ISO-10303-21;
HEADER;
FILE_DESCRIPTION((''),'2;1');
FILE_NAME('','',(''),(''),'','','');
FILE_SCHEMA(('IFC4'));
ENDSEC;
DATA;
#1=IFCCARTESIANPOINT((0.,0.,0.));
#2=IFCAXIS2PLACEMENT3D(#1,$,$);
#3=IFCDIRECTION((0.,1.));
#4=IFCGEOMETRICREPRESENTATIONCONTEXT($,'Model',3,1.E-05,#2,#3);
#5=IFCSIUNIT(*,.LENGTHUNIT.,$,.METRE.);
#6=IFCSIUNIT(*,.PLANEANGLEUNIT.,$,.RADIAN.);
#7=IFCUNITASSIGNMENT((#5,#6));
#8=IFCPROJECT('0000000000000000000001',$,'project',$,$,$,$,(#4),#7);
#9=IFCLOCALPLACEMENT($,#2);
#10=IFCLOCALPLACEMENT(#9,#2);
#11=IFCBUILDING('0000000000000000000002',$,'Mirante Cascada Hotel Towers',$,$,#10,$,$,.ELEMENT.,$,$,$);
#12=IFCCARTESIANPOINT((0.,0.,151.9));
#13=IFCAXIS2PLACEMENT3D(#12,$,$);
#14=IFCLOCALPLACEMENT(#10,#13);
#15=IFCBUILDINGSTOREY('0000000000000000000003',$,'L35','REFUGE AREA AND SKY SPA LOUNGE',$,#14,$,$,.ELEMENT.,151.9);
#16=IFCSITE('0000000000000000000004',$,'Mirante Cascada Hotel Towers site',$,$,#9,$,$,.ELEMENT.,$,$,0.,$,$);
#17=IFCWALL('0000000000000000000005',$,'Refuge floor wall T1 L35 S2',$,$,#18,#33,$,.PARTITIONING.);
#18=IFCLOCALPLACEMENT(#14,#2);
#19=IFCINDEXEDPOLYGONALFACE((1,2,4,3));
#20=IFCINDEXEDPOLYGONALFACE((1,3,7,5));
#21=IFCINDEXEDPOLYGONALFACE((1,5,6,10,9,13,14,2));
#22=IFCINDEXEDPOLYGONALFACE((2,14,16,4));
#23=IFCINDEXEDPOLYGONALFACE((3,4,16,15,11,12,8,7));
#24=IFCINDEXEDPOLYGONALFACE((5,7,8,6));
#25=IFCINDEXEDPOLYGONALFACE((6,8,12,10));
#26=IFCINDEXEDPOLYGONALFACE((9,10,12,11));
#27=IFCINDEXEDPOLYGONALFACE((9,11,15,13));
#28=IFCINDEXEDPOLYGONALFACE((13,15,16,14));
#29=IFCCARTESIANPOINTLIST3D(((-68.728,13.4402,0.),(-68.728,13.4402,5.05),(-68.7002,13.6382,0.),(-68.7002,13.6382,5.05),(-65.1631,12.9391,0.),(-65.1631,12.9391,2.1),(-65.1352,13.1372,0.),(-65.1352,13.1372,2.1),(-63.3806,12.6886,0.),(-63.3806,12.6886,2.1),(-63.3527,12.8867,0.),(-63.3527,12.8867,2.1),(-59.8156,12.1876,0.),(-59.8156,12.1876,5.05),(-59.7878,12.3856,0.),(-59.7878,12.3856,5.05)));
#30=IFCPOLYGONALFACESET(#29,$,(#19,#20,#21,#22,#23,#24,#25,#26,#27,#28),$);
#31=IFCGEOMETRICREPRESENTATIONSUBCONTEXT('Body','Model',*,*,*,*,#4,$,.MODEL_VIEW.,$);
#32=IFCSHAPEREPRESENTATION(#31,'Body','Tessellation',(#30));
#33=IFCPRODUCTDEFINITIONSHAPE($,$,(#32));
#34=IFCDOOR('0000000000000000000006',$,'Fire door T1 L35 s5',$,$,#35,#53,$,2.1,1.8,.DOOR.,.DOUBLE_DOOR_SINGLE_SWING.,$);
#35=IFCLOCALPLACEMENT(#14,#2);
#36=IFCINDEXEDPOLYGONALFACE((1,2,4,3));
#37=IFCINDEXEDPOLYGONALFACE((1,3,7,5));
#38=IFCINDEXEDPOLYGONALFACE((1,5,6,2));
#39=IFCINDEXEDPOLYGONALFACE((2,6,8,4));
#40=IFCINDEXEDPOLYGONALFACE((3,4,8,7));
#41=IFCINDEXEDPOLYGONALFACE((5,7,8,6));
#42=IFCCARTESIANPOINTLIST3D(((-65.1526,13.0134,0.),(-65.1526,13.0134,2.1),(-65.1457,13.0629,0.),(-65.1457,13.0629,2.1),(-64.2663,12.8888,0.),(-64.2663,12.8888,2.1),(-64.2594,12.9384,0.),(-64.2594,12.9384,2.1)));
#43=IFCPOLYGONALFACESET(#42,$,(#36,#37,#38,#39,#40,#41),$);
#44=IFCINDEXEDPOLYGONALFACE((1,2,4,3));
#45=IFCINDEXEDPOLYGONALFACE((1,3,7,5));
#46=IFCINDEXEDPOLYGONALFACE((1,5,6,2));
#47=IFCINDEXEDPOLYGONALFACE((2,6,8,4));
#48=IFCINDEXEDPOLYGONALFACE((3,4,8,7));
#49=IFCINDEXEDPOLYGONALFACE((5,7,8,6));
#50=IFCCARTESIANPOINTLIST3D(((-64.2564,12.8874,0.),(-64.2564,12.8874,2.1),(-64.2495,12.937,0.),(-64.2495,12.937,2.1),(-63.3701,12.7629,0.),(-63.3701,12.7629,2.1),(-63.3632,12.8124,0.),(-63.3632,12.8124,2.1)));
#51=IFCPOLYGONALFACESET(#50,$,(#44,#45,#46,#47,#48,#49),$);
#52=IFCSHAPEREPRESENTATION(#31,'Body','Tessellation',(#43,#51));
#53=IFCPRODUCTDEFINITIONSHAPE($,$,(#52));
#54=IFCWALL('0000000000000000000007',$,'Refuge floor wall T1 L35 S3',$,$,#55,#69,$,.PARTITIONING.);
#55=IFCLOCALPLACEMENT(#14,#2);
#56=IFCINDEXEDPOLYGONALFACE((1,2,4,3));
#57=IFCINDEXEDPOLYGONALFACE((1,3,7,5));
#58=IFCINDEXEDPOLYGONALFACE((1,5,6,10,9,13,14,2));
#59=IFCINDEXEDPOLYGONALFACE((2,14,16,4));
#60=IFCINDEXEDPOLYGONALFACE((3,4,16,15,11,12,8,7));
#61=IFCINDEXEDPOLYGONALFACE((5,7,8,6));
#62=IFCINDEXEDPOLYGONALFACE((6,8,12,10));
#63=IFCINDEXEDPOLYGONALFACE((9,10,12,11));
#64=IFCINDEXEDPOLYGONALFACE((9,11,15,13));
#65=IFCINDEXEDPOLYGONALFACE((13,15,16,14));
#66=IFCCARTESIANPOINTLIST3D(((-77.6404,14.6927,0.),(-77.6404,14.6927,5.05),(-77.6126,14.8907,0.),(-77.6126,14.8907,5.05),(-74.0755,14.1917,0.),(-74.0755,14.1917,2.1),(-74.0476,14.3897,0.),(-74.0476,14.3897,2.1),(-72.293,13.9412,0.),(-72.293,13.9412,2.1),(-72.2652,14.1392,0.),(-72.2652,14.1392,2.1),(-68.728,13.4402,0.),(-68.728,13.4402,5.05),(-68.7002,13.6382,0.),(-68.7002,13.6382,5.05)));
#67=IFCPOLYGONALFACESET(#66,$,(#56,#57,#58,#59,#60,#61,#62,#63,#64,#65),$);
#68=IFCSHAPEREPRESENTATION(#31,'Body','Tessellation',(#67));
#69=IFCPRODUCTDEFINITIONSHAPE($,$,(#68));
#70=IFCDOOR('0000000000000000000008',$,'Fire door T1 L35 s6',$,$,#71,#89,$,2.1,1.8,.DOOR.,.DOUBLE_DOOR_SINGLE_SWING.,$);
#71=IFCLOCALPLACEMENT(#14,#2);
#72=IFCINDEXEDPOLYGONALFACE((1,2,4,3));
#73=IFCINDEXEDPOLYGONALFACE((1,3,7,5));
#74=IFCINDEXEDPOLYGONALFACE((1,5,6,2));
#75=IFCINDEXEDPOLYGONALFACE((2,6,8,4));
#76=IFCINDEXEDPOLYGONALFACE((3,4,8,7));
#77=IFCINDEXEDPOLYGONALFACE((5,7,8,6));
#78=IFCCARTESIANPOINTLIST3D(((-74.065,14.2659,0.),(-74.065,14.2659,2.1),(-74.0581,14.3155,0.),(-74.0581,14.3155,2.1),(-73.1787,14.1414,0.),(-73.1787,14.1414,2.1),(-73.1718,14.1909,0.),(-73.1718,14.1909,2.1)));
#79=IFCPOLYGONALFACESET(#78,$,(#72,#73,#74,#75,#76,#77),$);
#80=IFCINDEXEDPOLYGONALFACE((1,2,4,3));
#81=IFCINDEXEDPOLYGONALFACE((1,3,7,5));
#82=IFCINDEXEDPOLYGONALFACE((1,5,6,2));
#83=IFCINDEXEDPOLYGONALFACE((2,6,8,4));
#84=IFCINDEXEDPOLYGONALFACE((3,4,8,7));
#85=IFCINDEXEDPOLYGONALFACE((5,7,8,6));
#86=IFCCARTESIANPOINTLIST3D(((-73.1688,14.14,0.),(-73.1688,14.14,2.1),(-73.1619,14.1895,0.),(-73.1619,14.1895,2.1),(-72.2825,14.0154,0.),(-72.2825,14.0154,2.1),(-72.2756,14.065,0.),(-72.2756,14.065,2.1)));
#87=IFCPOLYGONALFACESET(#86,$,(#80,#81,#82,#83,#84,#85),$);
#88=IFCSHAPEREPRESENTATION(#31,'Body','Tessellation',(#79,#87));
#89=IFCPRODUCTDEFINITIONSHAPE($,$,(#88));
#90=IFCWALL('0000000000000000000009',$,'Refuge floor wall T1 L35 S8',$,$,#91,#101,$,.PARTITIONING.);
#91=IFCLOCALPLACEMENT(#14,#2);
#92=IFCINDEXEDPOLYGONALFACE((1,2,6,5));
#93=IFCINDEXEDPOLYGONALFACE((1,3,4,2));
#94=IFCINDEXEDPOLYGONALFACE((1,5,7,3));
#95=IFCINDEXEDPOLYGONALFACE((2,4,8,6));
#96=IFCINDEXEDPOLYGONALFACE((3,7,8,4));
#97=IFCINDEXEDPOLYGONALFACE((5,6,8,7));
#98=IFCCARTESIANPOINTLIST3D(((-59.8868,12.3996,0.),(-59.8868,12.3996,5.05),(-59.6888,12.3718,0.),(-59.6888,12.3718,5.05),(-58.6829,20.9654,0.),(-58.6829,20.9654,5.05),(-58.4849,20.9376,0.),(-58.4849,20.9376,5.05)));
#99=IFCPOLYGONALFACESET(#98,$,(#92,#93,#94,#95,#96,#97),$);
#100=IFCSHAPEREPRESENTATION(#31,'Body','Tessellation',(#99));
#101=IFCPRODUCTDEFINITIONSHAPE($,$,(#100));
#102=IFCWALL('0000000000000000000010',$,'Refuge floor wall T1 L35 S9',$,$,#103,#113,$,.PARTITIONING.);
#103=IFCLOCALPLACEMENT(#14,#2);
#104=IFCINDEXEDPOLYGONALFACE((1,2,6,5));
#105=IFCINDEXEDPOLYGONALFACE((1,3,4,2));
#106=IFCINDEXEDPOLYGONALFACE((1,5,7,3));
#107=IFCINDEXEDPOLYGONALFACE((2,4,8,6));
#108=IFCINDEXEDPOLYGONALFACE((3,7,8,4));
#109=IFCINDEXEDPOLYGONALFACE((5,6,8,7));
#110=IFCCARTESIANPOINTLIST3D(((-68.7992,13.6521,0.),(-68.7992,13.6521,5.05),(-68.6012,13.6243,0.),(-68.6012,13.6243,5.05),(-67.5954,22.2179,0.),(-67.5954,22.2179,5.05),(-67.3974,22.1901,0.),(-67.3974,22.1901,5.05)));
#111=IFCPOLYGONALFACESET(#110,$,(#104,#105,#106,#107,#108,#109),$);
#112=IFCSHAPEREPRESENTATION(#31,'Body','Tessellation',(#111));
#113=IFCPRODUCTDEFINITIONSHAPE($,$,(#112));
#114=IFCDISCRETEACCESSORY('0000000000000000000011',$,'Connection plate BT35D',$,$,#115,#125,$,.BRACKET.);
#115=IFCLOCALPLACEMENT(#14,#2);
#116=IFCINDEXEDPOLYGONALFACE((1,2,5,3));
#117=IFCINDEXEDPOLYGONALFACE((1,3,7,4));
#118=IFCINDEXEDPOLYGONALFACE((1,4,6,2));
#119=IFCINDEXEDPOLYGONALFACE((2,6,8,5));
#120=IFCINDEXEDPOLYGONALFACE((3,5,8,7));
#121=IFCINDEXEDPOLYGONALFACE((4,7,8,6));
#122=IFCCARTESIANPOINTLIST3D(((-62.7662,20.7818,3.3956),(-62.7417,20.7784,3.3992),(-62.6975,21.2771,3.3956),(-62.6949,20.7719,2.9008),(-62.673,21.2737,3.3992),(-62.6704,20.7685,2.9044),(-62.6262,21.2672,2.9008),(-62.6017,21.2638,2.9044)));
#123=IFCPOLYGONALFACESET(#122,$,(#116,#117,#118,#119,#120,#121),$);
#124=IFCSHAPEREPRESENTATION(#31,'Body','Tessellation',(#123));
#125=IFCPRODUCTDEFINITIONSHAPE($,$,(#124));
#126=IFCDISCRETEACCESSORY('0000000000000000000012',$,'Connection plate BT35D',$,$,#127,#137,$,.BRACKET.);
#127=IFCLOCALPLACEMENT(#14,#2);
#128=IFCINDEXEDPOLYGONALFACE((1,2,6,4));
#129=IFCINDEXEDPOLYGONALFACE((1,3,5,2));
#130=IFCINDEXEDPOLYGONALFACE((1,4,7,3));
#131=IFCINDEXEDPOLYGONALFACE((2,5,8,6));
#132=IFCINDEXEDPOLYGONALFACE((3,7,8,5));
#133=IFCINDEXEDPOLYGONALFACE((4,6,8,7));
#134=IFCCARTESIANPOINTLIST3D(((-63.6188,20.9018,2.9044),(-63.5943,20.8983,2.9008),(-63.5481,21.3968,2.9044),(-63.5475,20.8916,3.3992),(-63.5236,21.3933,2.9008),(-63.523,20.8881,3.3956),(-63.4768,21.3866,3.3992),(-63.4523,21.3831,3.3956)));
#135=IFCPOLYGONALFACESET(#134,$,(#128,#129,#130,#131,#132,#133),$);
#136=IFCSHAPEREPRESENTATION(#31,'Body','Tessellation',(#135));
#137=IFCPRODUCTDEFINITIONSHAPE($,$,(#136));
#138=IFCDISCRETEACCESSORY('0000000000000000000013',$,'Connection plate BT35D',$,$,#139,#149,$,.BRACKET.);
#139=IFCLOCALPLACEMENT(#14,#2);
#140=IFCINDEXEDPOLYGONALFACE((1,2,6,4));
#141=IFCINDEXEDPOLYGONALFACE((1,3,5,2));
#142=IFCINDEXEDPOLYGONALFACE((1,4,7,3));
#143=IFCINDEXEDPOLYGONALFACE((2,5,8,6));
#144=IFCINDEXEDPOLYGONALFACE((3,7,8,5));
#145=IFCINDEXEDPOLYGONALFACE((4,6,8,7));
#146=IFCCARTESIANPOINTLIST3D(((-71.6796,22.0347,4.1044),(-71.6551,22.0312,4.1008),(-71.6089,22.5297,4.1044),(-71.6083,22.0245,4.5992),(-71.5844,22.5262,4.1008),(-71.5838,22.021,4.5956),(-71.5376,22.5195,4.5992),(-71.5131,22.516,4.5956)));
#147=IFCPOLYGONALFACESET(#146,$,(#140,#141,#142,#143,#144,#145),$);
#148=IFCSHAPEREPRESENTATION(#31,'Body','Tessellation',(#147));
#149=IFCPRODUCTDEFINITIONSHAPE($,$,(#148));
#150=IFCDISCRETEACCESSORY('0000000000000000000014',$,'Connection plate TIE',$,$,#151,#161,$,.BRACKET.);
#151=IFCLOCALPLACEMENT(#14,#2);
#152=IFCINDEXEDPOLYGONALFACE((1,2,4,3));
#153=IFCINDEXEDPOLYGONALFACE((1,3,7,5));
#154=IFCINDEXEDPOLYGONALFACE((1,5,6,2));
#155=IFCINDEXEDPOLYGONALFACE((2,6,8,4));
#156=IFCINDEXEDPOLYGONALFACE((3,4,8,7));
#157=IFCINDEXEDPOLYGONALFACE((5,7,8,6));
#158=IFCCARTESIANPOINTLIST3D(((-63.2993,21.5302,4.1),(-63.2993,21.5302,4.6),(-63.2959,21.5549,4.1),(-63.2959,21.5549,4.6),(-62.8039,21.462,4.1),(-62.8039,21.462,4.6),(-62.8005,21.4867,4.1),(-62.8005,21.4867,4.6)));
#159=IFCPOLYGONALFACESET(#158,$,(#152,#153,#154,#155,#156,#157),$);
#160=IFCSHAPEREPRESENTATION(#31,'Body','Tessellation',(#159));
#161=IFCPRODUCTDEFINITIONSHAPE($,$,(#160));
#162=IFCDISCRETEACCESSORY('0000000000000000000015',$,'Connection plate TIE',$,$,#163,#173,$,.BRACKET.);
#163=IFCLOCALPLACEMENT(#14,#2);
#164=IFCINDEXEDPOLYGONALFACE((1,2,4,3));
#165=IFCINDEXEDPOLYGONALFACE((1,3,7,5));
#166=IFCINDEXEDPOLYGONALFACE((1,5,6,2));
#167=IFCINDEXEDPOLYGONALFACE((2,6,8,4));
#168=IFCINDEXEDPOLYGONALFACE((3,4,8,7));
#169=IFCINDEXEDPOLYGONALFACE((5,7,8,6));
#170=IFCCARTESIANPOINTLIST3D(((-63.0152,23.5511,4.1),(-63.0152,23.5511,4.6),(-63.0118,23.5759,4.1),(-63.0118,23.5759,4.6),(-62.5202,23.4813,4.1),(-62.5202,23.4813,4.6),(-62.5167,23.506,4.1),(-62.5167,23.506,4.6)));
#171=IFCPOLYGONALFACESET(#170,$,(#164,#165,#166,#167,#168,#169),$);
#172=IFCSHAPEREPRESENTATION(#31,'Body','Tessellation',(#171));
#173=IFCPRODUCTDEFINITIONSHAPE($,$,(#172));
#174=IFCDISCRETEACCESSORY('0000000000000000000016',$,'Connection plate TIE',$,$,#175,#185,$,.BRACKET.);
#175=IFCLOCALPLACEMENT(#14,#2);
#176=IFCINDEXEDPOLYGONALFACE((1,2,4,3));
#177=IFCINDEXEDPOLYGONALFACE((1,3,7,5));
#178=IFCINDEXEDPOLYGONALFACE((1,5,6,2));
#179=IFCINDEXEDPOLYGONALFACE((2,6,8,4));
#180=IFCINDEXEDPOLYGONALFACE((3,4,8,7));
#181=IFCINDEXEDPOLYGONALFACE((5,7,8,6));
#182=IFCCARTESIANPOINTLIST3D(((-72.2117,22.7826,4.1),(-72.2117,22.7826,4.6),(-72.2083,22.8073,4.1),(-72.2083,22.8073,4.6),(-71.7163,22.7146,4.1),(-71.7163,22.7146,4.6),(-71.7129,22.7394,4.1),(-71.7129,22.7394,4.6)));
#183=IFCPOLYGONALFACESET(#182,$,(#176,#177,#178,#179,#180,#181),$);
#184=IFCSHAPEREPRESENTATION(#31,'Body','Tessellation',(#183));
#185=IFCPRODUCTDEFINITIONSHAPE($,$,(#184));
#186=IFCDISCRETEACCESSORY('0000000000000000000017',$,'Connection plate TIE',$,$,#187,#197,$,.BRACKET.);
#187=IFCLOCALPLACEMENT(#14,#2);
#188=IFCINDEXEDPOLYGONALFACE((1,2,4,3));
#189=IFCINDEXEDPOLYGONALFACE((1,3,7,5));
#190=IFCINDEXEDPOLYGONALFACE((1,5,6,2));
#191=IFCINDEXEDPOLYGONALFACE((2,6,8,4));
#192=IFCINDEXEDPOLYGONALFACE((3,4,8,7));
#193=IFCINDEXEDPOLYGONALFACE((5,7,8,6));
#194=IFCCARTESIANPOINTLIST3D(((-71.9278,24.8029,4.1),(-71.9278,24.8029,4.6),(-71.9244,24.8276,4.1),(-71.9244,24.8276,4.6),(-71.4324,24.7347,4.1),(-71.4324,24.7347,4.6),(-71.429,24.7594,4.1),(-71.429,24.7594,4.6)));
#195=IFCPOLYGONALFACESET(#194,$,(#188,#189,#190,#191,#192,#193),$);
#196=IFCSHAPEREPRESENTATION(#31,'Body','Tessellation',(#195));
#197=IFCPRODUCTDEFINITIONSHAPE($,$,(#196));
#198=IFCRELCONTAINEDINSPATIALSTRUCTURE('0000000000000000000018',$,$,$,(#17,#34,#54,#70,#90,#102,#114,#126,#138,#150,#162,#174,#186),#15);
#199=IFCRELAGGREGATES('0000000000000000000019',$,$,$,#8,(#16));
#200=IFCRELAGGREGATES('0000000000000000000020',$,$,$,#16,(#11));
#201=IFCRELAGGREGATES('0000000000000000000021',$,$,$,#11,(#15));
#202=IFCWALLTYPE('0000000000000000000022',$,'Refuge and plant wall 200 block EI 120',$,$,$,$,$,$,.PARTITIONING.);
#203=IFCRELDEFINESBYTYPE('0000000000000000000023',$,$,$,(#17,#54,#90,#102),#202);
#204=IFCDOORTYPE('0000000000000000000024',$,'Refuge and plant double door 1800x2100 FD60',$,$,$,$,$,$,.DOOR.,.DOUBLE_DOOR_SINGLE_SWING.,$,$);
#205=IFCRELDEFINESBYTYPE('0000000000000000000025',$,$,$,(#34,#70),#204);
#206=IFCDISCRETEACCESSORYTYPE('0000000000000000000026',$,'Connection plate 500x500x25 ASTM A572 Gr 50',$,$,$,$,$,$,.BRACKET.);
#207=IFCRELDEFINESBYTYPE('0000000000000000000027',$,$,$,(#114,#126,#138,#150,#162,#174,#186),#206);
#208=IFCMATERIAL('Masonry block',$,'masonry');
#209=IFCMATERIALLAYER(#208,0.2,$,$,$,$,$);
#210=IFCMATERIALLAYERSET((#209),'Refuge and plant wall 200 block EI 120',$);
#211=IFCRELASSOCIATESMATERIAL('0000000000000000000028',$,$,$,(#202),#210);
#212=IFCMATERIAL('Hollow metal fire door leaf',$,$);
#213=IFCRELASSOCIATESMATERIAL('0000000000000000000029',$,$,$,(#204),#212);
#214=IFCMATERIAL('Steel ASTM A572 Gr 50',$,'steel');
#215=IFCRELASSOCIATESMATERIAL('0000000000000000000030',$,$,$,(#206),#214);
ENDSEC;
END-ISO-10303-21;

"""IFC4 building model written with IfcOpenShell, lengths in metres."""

from ifc_helpers import new_model, si_unit, direction, frame, frame_2d, origin, origin_2d, place, context, subcontext, project, spatial, rectangle, extrude, material, layer, layer_set, material_profile, profile_set, type_object, element, fill, save


model = new_model("IFC4")

# Units and contexts
model_context = context("Model", 3, precision=1e-05, world=origin(), true_north=direction((0.0, 1.0)))
body_context = subcontext(model_context, "Body", "Model", "MODEL_VIEW")
ifc_project = project(units=[si_unit("LENGTHUNIT", "METRE"), si_unit("PLANEANGLEUNIT", "RADIAN")], contexts=[model_context])

# Site, building, storey
site_placement = place(None, origin())
site = spatial("IfcSite", under=ifc_project, at=site_placement, Name="Mirante Cascada Hotel Towers site", CompositionType="ELEMENT", RefElevation=0.0)
building_placement = place(site_placement, origin())
building = spatial("IfcBuilding", under=site, at=building_placement, Name="Mirante Cascada Hotel Towers", CompositionType="ELEMENT")
storey_placement = place(building_placement, frame((0.0, 0.0, 151.9)))
storey = spatial("IfcBuildingStorey", under=building, at=storey_placement, Name="L35", Description="REFUGE AREA AND SKY SPA LOUNGE", CompositionType="ELEMENT", Elevation=151.9)

# Walls, openings, doors
ifc_material_1 = material(Name="Masonry block", Category="masonry")
ifc_layer_1 = layer(ifc_material_1, 0.2)
ifc_layer_set_1 = layer_set([ifc_layer_1], Name="Refuge and plant wall 200 block EI 120")
wall_type_1 = type_object("IfcWallType", Name="Refuge and plant wall 200 block EI 120", PredefinedType="PARTITIONING", material=ifc_layer_set_1)
wall_1_placement = place(storey_placement, frame((-59.8017, 12.2866, 0.0), z_axis=(0.0, 0.0, 1.0), x_axis=(-0.990267, 0.139178, 0.0)))
wall_1 = element("IfcWall", 1, at=wall_1_placement, inside=storey, type_object=wall_type_1, Name="Refuge floor wall T1 L35 S2", PredefinedType="PARTITIONING", context=body_context, shape_type="SweptSolid", body=[
    extrude(rectangle(XDim=9.0, YDim=0.2, at=frame_2d((4.5, 0.0))), origin(), (0.0, 0.0, 1.0), 5.05),
])
opening_1_placement = place(wall_1_placement, frame((3.6, 0.0, 0.0)))
opening_1 = element("IfcOpeningElement", 2, at=opening_1_placement, cuts=wall_1, PredefinedType="OPENING", context=body_context, shape_type="SweptSolid", body=[
    extrude(rectangle(XDim=1.8, YDim=2.1, at=frame_2d((0.9, 1.05))), frame((0.0, 0.1, 0.0), z_axis=(0.0, -1.0, 0.0), x_axis=(1.0, 0.0, 0.0)), (0.0, 0.0, 1.0), 0.2),
])
ifc_material_2 = material(Name="Hollow metal fire door leaf")
door_type = type_object("IfcDoorType", Name="Refuge and plant double door 1800x2100 FD60", OperationType="DOUBLE_DOOR_SINGLE_SWING", PredefinedType="DOOR", material=ifc_material_2)
door_1_placement = place(opening_1_placement, frame((1.8, 0.0, 0.0), z_axis=(0.0, 0.0, 1.0), x_axis=(-1.0, 0.0, 0.0)))
door_1 = element("IfcDoor", 3, at=door_1_placement, inside=storey, type_object=door_type, Name="Fire door T1 L35 s5", OperationType="DOUBLE_DOOR_SINGLE_SWING", OverallHeight=2.1, OverallWidth=1.8, PredefinedType="DOOR", context=body_context, shape_type="SweptSolid", body=[
    extrude(rectangle(XDim=0.895, YDim=2.1, at=frame_2d((0.4475, 1.05))), frame((0.0, 0.025, 0.0), z_axis=(0.0, -1.0, 0.0), x_axis=(1.0, 0.0, 0.0)), (0.0, 0.0, 1.0), 0.05),
    extrude(rectangle(XDim=0.895, YDim=2.1, at=frame_2d((1.3525, 1.05))), frame((0.0, 0.025, 0.0), z_axis=(0.0, -1.0, 0.0), x_axis=(1.0, 0.0, 0.0)), (0.0, 0.0, 1.0), 0.05),
])
fill(opening_1, door_1)
wall_2_placement = place(storey_placement, frame((-68.7141, 13.5392, 0.0), z_axis=(0.0, 0.0, 1.0), x_axis=(-0.990269, 0.139167, 0.0)))
wall_2 = element("IfcWall", 4, at=wall_2_placement, inside=storey, type_object=wall_type_1, Name="Refuge floor wall T1 L35 S3", PredefinedType="PARTITIONING", context=body_context, shape_type="SweptSolid", body=[
    extrude(rectangle(XDim=9.0, YDim=0.2, at=frame_2d((4.5, 0.0))), origin(), (0.0, 0.0, 1.0), 5.05),
])
opening_2_placement = place(wall_2_placement, frame((3.6, 0.0, 0.0)))
opening_2 = element("IfcOpeningElement", 5, at=opening_2_placement, cuts=wall_2, PredefinedType="OPENING", context=body_context, shape_type="SweptSolid", body=[
    extrude(rectangle(XDim=1.8, YDim=2.1, at=frame_2d((0.9, 1.05))), frame((0.0, 0.1, 0.0), z_axis=(0.0, -1.0, 0.0), x_axis=(1.0, 0.0, 0.0)), (0.0, 0.0, 1.0), 0.2),
])
door_2_placement = place(opening_2_placement, frame((1.8, 0.0, 0.0), z_axis=(0.0, 0.0, 1.0), x_axis=(-1.0, 0.0, 0.0)))
door_2 = element("IfcDoor", 6, at=door_2_placement, inside=storey, type_object=door_type, Name="Fire door T1 L35 s6", OperationType="DOUBLE_DOOR_SINGLE_SWING", OverallHeight=2.1, OverallWidth=1.8, PredefinedType="DOOR", context=body_context, shape_type="SweptSolid", body=[
    extrude(rectangle(XDim=0.895, YDim=2.1, at=frame_2d((0.4475, 1.05))), frame((0.0, 0.025, 0.0), z_axis=(0.0, -1.0, 0.0), x_axis=(1.0, 0.0, 0.0)), (0.0, 0.0, 1.0), 0.05),
    extrude(rectangle(XDim=0.895, YDim=2.1, at=frame_2d((1.3525, 1.05))), frame((0.0, 0.025, 0.0), z_axis=(0.0, -1.0, 0.0), x_axis=(1.0, 0.0, 0.0)), (0.0, 0.0, 1.0), 0.05),
])
fill(opening_2, door_2)

# Walls
for number, where, z_axis, x_axis, name in (
    (7, (-59.7878, 12.3857, 0.0), (0.0, 0.0, 1.0), (0.139179, 0.990267, 0.0), "Refuge floor wall T1 L35 S8"),
    (8, (-68.7002, 13.6382, 0.0), (0.0, 0.0, 1.0), (0.139168, 0.990269, 0.0), "Refuge floor wall T1 L35 S9"),
):
    element("IfcWall", number, at=place(storey_placement, frame(where, z_axis=z_axis, x_axis=x_axis)), inside=storey, type_object=wall_type_1, Name=name, PredefinedType="PARTITIONING", context=body_context, shape_type="SweptSolid", body=[
        extrude(rectangle(XDim=8.65, YDim=0.2, at=frame_2d((4.325, 0.0))), origin(), (0.0, 0.0, 1.0), 5.05),
    ])

# Discrete accessories
ifc_material_3 = material(Name="Steel ASTM A572 Gr 50", Category="steel")
ifc_material_profile_1 = material_profile(ifc_material_3, rectangle(XDim=0.5, YDim=0.5, at=origin_2d()), Name="Connection plate 500x500x25 ASTM A572 Gr 50")
ifc_profile_set_1 = profile_set([ifc_material_profile_1], Name="Steel ASTM A572 Gr 50")
discrete_accessory_type_1 = type_object("IfcDiscreteAccessoryType", Name="Connection plate 500x500x25 ASTM A572 Gr 50", PredefinedType="BRACKET", material=ifc_profile_set_1)
for number, where, z_axis, x_axis, name in (
    (9, (-62.6717, 21.0211, 3.1518), (-0.98018, 0.136025, -0.144027), (-0.137458, -0.990508, 0.0), "Connection plate BT35D"),
    (10, (-63.5233, 21.1407, 3.1482), (-0.97964, 0.139949, 0.143947), (-0.141421, -0.98995, 0.0), "Connection plate BT35D"),
    (11, (-71.5841, 22.2736, 4.3482), (-0.97964, 0.139949, 0.143947), (-0.141421, -0.98995, 0.0), "Connection plate BT35D"),
):
    element("IfcDiscreteAccessory", number, at=place(storey_placement, frame(where, z_axis=z_axis, x_axis=x_axis)), inside=storey, type_object=discrete_accessory_type_1, Name=name, PredefinedType="BRACKET", context=body_context, shape_type="SweptSolid", body=[
        extrude(rectangle(XDim=0.5, YDim=0.5, at=origin_2d()), origin(), (0.0, 0.0, 1.0), 0.025),
    ])
discrete_accessory_1_placement = place(storey_placement, frame((-63.0516, 21.4961, 4.35), z_axis=(0.136366, 0.990658, 0.0), x_axis=(-0.990658, 0.136366, 0.0)))
element("IfcDiscreteAccessory", 12, at=discrete_accessory_1_placement, inside=storey, type_object=discrete_accessory_type_1, Name="Connection plate TIE", PredefinedType="BRACKET", context=body_context, shape_type="SweptSolid", body=[
    extrude(rectangle(XDim=0.5, YDim=0.5, at=origin_2d()), origin(), (0.0, 0.0, 1.0), 0.0249),
])
for number, where, z_axis, x_axis, name in (
    (13, (-62.7677, 23.5162, 4.35), (0.139744, 0.990188, 0.0), (-0.990188, 0.139744, 0.0), "Connection plate TIE"),
    (14, (-71.964, 22.7486, 4.35), (0.135826, 0.990733, 0.0), (-0.990733, 0.135826, 0.0), "Connection plate TIE"),
):
    element("IfcDiscreteAccessory", number, at=place(storey_placement, frame(where, z_axis=z_axis, x_axis=x_axis)), inside=storey, type_object=discrete_accessory_type_1, Name=name, PredefinedType="BRACKET", context=body_context, shape_type="SweptSolid", body=[
        extrude(rectangle(XDim=0.5, YDim=0.5, at=origin_2d()), origin(), (0.0, 0.0, 1.0), 0.025),
    ])
discrete_accessory_2_placement = place(storey_placement, frame((-71.6801, 24.7688, 4.35), z_axis=(0.136366, 0.990658, 0.0), x_axis=(-0.990658, 0.136366, 0.0)))
element("IfcDiscreteAccessory", 15, at=discrete_accessory_2_placement, inside=storey, type_object=discrete_accessory_type_1, Name="Connection plate TIE", PredefinedType="BRACKET", context=body_context, shape_type="SweptSolid", body=[
    extrude(rectangle(XDim=0.5, YDim=0.5, at=origin_2d()), origin(), (0.0, 0.0, 1.0), 0.0249),
])

save(model, "model.ifc")
